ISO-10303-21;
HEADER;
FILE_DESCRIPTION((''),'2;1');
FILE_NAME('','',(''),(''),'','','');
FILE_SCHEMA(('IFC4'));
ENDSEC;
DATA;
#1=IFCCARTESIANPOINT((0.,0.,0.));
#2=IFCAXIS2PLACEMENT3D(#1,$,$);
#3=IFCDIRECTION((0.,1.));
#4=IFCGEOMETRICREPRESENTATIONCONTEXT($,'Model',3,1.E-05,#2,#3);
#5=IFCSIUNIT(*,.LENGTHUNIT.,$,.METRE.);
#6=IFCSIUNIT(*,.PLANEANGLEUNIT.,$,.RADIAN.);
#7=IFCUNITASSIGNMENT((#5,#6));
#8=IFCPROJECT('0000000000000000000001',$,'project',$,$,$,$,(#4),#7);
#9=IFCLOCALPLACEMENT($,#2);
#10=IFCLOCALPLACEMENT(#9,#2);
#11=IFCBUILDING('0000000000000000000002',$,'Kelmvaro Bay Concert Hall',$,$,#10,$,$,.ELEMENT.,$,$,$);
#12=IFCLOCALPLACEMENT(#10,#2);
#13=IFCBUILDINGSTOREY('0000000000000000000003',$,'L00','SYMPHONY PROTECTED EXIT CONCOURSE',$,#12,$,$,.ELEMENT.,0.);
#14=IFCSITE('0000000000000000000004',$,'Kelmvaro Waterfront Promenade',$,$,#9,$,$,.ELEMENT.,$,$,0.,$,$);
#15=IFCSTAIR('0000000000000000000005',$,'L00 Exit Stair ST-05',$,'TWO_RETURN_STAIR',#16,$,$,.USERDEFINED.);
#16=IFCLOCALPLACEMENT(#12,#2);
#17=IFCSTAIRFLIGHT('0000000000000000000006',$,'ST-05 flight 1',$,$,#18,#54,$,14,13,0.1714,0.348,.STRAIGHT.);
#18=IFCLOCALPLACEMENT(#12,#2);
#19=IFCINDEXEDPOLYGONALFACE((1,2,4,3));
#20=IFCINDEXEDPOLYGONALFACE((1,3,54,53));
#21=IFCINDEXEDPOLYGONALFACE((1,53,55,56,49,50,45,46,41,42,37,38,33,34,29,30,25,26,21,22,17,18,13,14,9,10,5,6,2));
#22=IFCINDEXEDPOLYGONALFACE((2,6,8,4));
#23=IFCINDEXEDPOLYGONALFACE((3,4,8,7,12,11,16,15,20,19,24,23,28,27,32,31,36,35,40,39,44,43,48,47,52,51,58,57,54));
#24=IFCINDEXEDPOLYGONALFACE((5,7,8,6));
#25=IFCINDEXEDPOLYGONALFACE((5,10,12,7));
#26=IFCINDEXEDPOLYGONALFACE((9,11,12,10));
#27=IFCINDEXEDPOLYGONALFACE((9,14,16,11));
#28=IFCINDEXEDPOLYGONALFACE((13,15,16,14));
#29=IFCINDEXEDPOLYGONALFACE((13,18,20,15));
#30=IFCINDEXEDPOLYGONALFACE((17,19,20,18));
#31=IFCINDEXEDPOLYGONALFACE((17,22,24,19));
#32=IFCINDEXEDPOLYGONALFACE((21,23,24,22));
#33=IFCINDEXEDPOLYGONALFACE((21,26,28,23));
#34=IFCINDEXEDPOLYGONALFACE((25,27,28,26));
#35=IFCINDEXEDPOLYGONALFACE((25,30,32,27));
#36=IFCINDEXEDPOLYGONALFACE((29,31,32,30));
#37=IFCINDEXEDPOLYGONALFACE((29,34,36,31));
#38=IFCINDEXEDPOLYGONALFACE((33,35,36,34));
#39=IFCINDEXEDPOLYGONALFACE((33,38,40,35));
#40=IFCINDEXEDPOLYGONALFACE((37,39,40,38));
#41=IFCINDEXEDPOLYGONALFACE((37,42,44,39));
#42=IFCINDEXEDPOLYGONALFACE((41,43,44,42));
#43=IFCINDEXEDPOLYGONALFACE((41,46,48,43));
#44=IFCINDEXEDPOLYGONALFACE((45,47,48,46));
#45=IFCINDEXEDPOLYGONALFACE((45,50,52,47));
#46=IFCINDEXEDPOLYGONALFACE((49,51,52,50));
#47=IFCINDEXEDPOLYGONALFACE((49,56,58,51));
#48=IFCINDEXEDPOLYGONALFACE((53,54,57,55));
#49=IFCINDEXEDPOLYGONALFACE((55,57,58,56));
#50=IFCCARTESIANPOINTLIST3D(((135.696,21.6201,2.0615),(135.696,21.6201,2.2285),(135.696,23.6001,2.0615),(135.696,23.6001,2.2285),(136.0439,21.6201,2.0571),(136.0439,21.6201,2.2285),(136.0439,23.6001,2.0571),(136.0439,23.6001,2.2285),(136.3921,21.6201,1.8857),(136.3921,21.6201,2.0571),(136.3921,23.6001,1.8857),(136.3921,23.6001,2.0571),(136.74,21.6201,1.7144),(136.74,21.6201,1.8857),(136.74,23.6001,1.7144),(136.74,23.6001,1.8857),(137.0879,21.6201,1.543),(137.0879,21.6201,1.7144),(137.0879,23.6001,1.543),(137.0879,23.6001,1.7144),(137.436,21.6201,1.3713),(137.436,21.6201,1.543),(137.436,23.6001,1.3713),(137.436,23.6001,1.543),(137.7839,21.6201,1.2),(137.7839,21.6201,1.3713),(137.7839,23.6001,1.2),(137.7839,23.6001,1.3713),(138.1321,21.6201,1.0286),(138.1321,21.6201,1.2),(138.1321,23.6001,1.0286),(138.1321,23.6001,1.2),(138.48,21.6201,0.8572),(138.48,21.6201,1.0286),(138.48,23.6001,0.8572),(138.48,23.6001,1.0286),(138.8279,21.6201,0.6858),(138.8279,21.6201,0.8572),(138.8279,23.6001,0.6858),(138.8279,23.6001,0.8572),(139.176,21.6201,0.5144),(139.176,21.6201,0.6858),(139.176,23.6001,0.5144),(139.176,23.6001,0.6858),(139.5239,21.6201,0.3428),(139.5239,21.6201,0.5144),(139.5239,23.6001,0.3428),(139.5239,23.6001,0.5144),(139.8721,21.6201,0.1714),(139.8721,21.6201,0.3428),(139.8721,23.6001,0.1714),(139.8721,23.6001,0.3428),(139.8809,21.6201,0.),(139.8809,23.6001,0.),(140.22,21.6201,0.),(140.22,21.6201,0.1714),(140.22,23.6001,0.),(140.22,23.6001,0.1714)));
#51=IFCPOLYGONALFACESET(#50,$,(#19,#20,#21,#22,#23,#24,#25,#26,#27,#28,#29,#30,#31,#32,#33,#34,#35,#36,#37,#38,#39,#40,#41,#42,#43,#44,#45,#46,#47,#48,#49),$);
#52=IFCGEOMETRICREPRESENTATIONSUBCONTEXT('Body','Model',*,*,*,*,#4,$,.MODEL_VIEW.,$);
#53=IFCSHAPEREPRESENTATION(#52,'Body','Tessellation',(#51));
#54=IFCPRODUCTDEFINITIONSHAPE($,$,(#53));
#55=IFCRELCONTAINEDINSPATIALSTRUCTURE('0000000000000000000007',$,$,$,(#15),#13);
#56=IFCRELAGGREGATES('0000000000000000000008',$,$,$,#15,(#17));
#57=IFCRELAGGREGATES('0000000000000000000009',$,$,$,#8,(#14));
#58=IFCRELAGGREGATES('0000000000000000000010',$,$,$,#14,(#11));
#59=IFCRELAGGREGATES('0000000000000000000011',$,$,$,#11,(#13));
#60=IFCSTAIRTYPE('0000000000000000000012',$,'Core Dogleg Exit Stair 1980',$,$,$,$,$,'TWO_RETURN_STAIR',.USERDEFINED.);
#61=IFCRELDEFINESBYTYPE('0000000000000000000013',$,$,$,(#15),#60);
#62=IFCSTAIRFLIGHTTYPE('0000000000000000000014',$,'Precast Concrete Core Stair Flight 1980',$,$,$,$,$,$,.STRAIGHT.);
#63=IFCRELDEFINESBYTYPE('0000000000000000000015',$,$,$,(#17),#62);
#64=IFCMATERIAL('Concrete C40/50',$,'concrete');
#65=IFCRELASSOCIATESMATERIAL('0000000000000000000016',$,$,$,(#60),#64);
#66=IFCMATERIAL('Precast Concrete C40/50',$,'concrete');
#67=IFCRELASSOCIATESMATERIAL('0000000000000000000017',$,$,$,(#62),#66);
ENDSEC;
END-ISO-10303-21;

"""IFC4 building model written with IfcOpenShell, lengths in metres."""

from ifc_helpers import new_model, si_unit, direction, frame, origin, place, context, subcontext, project, spatial, polyline, outline, extrude, material, type_object, element, aggregate, save


model = new_model("IFC4")

# Units and contexts
model_context = context("Model", 3, precision=1e-05, world=origin(), true_north=direction((0.0, 1.0)))
body_context = subcontext(model_context, "Body", "Model", "MODEL_VIEW")
ifc_project = project(units=[si_unit("LENGTHUNIT", "METRE"), si_unit("PLANEANGLEUNIT", "RADIAN")], contexts=[model_context])

# Site, building, storey
site_placement = place(None, origin())
site = spatial("IfcSite", under=ifc_project, at=site_placement, Name="Kelmvaro Waterfront Promenade", CompositionType="ELEMENT", RefElevation=0.0)
building_placement = place(site_placement, origin())
building = spatial("IfcBuilding", under=site, at=building_placement, Name="Kelmvaro Bay Concert Hall", CompositionType="ELEMENT")
storey_placement = place(building_placement, origin())
storey = spatial("IfcBuildingStorey", under=building, at=storey_placement, Name="L00", Description="SYMPHONY PROTECTED EXIT CONCOURSE", CompositionType="ELEMENT", Elevation=0.0)

# Stair, stair flight
ifc_material_1 = material(Name="Concrete C40/50", Category="concrete")
stair_type = type_object("IfcStairType", Name="Core Dogleg Exit Stair 1980", ElementType="TWO_RETURN_STAIR", PredefinedType="USERDEFINED", material=ifc_material_1)
stair_placement = place(storey_placement, origin())
stair = element("IfcStair", 1, at=stair_placement, inside=storey, type_object=stair_type, Name="L00 Exit Stair ST-05", ObjectType="TWO_RETURN_STAIR", PredefinedType="USERDEFINED")
ifc_material_2 = material(Name="Precast Concrete C40/50", Category="concrete")
stair_flight_type = type_object("IfcStairFlightType", Name="Precast Concrete Core Stair Flight 1980", PredefinedType="STRAIGHT", material=ifc_material_2)
stair_flight_placement = place(storey_placement, frame((140.22, 22.6101, 0.0), z_axis=(0.0, 0.0, 1.0), x_axis=(-1.0, 0.0, 0.0)))
stair_flight = element("IfcStairFlight", 2, at=stair_flight_placement, type_object=stair_flight_type, Name="ST-05 flight 1", NumberOfRisers=14, NumberOfTreads=13, PredefinedType="STRAIGHT", RiserHeight=0.1714, TreadLength=0.348, context=body_context, shape_type="SweptSolid", body=[
    extrude(outline(polyline([(0.0, 0.0), (0.0, 0.1714), (0.3479, 0.1714), (0.3479, 0.3428), (0.696, 0.3428), (0.696, 0.5144), (1.0439, 0.5144), (1.0439, 0.6858), (1.3921, 0.6858), (1.3921, 0.8572), (1.74, 0.8572), (1.74, 1.0286), (2.0879, 1.0286), (2.0879, 1.2), (2.436, 1.2), (2.436, 1.3713), (2.7839, 1.3713), (2.7839, 1.543), (3.1321, 1.543), (3.1321, 1.7144), (3.48, 1.7144), (3.48, 1.8857), (3.8279, 1.8857), (3.8279, 2.0571), (4.176, 2.0571), (4.176, 2.2285), (4.5239, 2.2285), (4.5239, 2.3999), (4.5239, 2.0615), (0.3391, 0.0), (0.0, 0.0)])), frame((0.0, 0.99, 0.0), z_axis=(0.0, -1.0, 0.0), x_axis=(1.0, 0.0, 0.0)), (0.0, 0.0, 1.0), 1.98),
])
aggregate(stair, [stair_flight])

save(model, "model.ifc")
